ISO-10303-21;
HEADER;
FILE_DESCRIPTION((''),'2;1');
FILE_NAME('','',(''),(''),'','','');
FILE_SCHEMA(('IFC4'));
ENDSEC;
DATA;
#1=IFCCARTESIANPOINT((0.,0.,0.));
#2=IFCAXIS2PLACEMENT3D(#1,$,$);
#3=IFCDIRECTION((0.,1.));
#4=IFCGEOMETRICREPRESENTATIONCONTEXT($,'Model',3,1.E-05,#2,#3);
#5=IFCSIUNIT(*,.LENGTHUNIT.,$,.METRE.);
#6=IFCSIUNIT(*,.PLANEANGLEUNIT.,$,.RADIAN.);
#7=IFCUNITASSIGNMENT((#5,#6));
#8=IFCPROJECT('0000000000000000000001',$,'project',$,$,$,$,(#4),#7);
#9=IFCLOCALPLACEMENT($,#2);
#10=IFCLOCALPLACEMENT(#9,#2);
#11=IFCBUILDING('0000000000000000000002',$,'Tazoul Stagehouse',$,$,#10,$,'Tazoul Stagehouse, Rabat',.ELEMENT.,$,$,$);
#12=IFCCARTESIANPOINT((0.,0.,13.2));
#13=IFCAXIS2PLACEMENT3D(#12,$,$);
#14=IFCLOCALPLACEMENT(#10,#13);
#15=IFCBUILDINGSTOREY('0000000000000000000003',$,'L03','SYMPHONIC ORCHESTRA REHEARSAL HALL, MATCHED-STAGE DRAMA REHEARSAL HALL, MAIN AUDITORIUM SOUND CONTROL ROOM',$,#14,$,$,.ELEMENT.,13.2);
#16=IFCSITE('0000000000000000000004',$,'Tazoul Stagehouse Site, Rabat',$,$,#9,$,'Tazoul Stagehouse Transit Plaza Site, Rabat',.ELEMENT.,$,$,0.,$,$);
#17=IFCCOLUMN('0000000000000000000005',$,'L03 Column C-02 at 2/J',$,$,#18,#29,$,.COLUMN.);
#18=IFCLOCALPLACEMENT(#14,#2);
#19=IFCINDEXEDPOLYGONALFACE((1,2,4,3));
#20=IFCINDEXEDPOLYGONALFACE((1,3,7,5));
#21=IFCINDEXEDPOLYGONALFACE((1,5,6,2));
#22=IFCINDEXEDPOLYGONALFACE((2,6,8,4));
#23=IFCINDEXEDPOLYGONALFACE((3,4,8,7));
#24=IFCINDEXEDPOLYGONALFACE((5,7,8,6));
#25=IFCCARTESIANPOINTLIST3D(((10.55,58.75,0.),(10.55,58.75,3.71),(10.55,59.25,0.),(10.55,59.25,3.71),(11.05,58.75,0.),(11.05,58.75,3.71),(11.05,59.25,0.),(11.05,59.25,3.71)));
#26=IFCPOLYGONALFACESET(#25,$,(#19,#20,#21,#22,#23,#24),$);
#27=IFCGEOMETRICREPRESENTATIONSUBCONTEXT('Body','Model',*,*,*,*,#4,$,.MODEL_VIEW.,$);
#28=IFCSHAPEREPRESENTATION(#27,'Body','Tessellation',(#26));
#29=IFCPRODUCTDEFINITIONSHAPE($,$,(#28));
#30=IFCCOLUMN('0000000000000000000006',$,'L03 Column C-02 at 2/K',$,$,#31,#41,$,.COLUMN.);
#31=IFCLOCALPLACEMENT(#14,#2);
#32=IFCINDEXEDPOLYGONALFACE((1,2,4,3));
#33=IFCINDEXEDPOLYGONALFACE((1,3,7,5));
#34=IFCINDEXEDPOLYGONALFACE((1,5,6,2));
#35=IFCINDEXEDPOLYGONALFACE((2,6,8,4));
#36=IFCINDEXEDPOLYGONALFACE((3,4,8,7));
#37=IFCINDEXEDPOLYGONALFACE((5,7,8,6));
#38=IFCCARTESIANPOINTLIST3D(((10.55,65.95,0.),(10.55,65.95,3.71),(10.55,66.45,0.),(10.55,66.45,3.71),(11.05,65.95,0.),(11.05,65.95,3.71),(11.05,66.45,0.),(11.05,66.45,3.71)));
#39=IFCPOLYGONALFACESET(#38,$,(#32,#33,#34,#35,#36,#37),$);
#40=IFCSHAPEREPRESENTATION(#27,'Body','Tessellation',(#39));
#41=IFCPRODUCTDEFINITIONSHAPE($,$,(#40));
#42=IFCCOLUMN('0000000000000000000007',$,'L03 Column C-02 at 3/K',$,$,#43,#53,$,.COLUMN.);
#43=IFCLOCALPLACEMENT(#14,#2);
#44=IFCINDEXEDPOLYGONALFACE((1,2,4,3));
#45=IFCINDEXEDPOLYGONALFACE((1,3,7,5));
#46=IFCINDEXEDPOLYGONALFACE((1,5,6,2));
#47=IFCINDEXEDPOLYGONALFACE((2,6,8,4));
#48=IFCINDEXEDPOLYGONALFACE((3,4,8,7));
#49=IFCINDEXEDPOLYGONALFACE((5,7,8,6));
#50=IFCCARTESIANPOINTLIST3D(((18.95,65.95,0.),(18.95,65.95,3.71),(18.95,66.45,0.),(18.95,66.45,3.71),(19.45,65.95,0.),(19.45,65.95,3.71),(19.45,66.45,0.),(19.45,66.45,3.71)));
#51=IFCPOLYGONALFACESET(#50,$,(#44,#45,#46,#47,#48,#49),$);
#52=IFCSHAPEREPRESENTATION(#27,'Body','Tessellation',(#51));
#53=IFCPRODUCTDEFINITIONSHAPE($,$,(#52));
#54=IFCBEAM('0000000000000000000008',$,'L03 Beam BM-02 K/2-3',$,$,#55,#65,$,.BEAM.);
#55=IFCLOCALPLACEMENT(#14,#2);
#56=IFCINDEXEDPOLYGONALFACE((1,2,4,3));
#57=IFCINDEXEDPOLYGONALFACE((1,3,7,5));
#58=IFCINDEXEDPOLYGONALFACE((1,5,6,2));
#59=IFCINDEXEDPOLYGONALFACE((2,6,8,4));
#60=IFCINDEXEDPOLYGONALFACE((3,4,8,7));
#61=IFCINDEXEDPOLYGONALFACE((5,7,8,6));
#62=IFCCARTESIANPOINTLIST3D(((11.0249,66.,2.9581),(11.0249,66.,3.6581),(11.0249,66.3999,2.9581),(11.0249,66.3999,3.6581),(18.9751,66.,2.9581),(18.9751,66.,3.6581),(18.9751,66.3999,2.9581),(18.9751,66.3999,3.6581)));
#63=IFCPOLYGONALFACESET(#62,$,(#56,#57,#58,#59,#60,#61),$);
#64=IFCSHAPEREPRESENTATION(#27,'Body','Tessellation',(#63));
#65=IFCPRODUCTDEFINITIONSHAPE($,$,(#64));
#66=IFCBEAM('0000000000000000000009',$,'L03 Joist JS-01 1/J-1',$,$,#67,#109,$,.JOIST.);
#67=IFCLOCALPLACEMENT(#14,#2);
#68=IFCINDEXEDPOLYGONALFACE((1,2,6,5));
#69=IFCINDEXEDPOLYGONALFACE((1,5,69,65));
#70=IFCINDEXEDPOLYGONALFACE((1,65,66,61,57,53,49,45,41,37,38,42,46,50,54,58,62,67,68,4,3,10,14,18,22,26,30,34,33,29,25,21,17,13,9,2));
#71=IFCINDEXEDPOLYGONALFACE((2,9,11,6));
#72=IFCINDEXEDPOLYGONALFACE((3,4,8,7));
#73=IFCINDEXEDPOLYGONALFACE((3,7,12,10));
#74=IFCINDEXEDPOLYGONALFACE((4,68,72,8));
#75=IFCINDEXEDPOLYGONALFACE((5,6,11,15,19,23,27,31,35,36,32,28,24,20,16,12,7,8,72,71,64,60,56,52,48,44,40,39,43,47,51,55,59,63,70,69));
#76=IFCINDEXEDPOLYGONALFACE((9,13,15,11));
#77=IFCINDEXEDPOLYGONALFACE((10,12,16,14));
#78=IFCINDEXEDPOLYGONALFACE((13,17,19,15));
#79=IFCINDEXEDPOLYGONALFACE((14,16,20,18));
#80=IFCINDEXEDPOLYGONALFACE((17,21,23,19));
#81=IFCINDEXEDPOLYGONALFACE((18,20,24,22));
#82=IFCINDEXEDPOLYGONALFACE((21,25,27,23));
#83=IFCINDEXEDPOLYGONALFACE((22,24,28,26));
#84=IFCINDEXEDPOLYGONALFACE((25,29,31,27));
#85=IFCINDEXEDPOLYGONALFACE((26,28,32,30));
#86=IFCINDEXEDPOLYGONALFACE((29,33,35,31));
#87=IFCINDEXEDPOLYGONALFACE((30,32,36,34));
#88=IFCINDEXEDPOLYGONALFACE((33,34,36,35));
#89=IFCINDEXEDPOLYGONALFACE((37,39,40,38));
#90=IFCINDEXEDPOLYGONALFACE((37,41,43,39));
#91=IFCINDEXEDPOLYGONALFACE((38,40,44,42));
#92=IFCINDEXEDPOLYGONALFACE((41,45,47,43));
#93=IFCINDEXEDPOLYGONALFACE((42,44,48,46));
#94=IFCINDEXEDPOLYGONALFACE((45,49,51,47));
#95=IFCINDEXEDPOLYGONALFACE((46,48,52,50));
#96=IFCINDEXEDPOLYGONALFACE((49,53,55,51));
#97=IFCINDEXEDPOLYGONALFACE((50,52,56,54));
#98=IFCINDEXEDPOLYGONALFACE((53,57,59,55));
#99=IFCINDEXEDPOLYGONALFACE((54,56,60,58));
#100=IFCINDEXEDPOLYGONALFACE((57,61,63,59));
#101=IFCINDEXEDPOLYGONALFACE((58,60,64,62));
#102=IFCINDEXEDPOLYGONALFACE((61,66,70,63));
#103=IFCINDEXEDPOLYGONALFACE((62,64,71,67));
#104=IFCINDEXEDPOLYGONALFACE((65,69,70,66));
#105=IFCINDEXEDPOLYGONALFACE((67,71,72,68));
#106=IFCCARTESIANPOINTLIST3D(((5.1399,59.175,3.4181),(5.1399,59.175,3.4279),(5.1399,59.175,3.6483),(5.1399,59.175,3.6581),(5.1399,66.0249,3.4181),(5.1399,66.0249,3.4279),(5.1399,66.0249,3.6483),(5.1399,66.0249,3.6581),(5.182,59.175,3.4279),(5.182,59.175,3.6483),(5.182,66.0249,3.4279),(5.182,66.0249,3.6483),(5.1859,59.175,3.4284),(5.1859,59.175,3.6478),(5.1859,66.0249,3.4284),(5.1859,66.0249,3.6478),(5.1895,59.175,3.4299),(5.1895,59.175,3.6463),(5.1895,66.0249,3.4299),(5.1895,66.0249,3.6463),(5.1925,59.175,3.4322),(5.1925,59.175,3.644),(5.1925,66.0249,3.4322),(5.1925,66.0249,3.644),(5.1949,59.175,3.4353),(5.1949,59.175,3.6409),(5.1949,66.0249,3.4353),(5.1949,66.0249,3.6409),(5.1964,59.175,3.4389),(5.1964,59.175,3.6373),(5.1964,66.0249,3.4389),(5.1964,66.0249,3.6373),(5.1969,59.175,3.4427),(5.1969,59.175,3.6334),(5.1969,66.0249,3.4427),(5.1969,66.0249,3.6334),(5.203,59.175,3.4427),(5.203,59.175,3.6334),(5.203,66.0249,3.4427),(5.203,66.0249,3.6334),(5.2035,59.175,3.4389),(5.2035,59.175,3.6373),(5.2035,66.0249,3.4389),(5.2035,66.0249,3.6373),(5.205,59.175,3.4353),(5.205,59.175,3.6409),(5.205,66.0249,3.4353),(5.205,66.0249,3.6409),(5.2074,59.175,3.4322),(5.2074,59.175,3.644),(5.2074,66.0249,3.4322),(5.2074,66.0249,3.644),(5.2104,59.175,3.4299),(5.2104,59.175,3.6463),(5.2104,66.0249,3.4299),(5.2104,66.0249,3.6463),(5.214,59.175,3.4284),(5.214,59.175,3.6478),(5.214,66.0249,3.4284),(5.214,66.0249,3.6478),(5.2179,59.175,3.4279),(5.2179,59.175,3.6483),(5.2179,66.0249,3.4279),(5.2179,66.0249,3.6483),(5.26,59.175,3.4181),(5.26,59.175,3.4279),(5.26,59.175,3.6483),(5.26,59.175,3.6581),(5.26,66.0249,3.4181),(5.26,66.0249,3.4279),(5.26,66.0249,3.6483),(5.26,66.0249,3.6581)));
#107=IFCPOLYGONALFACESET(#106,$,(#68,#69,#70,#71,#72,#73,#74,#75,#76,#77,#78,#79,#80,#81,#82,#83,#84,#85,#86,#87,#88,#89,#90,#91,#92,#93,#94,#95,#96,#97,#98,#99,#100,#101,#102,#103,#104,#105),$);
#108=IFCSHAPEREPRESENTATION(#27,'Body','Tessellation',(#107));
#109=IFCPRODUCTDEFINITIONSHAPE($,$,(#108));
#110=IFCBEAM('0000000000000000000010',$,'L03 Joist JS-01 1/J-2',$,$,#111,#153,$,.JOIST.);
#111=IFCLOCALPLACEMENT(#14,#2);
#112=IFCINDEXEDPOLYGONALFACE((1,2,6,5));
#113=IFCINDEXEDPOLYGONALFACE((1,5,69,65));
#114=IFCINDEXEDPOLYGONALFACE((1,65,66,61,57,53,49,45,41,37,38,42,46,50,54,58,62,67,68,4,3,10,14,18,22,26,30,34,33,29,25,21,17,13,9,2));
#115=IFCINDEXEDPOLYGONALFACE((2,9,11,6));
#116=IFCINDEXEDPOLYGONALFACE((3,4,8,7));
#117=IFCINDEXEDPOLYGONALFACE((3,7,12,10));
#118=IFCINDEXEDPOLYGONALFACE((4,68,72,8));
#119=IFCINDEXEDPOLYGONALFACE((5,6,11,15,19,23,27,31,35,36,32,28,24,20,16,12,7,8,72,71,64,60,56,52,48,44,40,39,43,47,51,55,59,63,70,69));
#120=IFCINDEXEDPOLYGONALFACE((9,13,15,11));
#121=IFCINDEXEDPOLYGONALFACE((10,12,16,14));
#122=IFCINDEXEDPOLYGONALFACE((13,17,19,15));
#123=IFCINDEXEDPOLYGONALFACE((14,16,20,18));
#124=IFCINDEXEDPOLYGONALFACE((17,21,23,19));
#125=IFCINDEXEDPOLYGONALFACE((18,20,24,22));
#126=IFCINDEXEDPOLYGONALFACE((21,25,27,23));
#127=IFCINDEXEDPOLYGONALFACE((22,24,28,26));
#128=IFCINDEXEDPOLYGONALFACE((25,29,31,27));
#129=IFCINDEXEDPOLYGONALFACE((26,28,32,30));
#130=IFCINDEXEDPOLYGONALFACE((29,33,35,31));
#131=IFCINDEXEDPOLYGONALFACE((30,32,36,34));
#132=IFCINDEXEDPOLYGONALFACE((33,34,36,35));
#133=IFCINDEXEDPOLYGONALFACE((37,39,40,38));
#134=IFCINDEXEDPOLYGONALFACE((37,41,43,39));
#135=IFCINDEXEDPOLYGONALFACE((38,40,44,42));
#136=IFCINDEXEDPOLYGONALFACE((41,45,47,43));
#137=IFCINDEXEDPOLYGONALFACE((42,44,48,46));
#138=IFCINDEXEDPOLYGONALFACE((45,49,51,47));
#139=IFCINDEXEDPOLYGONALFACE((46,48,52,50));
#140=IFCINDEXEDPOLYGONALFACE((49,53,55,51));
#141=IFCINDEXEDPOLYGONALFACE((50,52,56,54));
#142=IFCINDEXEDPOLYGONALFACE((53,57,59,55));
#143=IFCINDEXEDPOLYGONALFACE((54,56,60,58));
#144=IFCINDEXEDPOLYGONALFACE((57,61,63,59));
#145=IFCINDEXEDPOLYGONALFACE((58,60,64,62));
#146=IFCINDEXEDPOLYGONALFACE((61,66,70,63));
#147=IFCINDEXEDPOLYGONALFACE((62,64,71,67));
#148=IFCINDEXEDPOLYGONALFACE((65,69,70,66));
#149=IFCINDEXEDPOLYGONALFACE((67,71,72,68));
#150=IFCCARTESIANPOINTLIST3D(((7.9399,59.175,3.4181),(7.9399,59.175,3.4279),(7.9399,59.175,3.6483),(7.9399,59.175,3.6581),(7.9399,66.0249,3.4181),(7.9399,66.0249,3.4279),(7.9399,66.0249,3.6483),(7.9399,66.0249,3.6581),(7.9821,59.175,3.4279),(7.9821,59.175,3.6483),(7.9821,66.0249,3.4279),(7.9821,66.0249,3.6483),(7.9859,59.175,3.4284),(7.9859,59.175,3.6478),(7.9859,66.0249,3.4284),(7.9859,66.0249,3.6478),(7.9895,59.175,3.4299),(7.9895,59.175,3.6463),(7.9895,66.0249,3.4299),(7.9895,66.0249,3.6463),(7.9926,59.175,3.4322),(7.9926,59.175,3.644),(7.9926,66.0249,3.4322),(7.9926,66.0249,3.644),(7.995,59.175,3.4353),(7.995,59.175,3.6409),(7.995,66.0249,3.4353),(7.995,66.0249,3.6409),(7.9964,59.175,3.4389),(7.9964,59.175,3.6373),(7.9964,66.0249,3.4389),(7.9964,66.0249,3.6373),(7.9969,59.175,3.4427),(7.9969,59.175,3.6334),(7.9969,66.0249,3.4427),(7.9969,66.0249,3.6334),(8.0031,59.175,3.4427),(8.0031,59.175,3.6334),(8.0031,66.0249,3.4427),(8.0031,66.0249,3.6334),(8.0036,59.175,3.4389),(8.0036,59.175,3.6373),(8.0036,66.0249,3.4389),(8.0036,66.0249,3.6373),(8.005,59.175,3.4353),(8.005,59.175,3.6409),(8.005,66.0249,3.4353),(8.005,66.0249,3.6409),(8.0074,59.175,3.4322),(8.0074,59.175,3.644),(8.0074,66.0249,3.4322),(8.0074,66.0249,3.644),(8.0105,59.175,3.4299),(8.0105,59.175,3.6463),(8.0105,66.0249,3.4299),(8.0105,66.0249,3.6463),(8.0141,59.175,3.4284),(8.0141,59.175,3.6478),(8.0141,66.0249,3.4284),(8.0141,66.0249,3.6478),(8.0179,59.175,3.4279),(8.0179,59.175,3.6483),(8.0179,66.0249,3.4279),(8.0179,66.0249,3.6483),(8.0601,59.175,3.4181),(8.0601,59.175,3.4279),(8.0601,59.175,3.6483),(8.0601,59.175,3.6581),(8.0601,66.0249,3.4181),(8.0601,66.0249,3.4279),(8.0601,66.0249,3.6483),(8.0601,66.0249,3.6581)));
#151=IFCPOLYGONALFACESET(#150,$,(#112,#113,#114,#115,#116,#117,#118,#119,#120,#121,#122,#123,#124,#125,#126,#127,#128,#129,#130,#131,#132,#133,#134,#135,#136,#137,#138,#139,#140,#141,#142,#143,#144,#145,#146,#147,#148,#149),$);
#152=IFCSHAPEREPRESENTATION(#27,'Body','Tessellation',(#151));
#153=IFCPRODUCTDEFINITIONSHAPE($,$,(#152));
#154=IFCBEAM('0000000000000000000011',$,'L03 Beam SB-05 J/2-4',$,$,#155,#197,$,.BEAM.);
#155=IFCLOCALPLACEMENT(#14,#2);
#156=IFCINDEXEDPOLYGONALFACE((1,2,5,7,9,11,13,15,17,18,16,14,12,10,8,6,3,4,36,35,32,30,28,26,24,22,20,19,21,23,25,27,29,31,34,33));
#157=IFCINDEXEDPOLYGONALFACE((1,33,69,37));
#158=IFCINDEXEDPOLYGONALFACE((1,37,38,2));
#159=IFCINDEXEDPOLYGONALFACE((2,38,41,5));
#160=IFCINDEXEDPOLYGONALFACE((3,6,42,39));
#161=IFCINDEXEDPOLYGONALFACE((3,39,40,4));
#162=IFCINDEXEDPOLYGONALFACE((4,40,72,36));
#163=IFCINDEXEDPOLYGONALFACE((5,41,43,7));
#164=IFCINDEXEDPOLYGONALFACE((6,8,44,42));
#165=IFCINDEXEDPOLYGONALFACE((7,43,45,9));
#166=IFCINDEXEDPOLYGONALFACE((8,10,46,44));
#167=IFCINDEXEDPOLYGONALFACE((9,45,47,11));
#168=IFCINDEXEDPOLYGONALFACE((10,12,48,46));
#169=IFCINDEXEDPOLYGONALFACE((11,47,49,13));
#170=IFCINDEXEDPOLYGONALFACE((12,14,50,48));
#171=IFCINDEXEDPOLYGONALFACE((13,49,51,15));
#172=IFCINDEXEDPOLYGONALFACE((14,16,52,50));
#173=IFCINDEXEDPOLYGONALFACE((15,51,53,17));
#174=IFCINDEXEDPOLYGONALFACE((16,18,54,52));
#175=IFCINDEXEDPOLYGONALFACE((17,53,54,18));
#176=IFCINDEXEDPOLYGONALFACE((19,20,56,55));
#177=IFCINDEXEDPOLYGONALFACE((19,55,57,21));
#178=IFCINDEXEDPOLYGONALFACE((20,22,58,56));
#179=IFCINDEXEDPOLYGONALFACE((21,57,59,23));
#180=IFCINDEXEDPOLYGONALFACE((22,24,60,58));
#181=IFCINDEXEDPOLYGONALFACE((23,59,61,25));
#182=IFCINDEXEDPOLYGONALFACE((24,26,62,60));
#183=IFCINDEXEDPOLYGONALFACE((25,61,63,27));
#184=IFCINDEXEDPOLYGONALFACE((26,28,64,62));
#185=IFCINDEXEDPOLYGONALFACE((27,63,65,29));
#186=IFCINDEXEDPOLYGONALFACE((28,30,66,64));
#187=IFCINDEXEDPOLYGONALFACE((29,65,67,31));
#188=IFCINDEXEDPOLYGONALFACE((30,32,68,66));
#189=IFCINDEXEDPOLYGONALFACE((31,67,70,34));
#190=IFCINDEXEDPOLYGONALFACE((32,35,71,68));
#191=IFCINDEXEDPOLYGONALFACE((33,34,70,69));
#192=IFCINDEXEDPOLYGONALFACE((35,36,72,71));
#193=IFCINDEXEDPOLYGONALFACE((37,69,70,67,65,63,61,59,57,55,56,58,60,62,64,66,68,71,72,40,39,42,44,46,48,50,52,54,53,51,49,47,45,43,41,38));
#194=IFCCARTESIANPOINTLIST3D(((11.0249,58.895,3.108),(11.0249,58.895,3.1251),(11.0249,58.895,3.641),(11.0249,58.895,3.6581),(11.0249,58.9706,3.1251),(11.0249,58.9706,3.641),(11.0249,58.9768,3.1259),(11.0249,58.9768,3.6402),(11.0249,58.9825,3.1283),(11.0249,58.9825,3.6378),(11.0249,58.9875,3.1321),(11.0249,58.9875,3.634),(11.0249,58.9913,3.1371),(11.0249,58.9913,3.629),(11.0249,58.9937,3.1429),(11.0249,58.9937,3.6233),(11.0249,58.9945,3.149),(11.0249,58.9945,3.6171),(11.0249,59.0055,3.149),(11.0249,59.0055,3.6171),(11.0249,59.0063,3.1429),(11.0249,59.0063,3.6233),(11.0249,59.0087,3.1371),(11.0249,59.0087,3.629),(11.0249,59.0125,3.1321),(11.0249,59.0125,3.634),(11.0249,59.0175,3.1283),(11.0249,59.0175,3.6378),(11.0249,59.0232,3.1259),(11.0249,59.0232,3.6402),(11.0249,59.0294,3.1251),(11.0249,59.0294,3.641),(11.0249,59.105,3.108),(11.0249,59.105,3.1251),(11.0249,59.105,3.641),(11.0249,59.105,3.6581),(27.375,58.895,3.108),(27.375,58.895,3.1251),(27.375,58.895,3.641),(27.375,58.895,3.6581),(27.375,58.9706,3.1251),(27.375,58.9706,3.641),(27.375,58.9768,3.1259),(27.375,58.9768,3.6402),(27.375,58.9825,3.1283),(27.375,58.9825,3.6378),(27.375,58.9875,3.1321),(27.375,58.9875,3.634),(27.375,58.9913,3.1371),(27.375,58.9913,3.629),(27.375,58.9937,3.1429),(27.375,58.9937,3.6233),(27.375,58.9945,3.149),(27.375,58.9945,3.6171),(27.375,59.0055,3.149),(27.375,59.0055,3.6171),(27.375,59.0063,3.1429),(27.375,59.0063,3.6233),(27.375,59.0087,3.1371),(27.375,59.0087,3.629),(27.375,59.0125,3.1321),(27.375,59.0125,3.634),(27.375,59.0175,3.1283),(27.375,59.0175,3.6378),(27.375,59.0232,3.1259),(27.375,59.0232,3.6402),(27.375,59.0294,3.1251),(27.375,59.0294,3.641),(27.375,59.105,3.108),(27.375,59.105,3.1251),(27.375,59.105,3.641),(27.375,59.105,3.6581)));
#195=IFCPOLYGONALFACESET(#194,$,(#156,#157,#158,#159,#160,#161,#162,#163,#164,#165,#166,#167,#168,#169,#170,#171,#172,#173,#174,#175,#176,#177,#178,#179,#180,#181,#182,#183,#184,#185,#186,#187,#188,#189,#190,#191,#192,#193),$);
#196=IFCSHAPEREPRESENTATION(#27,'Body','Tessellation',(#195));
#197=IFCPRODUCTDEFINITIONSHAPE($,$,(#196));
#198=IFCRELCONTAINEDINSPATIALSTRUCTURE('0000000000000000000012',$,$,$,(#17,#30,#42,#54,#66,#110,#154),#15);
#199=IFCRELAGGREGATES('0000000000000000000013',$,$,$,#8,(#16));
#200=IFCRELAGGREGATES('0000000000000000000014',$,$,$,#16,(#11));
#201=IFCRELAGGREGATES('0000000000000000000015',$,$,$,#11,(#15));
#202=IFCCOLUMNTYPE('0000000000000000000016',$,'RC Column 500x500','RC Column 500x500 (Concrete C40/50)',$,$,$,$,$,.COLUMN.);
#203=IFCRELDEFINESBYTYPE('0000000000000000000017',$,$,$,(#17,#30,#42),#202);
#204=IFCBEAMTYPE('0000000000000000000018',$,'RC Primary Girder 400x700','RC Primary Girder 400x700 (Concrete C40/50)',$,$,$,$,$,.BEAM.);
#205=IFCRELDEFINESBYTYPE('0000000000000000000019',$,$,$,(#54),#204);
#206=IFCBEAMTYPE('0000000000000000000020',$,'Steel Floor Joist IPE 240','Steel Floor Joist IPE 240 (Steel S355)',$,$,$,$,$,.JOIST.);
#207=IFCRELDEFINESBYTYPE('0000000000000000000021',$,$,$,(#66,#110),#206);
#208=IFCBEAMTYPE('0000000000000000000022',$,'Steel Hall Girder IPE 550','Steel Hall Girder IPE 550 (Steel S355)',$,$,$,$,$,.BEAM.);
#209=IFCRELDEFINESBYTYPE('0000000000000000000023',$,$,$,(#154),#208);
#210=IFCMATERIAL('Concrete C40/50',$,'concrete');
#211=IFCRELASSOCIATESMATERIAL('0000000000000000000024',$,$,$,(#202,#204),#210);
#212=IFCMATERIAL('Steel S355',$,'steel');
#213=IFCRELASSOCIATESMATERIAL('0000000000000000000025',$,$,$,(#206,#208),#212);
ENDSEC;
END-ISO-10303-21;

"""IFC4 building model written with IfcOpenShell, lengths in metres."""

from ifc_helpers import new_model, si_unit, direction, frame, origin, origin_2d, place, context, subcontext, project, spatial, rectangle, i_section, extrude, material, material_profile, profile_set, type_object, element, save


model = new_model("IFC4")

# Units and contexts
model_context = context("Model", 3, precision=1e-05, world=origin(), true_north=direction((0.0, 1.0)))
body_context = subcontext(model_context, "Body", "Model", "MODEL_VIEW")
ifc_project = project(units=[si_unit("LENGTHUNIT", "METRE"), si_unit("PLANEANGLEUNIT", "RADIAN")], contexts=[model_context])

# Site, building, storey
site_placement = place(None, origin())
site = spatial("IfcSite", under=ifc_project, at=site_placement, Name="Tazoul Stagehouse Site, Rabat", LongName="Tazoul Stagehouse Transit Plaza Site, Rabat", CompositionType="ELEMENT", RefElevation=0.0)
building_placement = place(site_placement, origin())
building = spatial("IfcBuilding", under=site, at=building_placement, Name="Tazoul Stagehouse", LongName="Tazoul Stagehouse, Rabat", CompositionType="ELEMENT")
storey_placement = place(building_placement, frame((0.0, 0.0, 13.2)))
storey = spatial("IfcBuildingStorey", under=building, at=storey_placement, Name="L03", Description="SYMPHONIC ORCHESTRA REHEARSAL HALL, MATCHED-STAGE DRAMA REHEARSAL HALL, MAIN AUDITORIUM SOUND CONTROL ROOM", CompositionType="ELEMENT", Elevation=13.2)

# Columns
ifc_material_1 = material(Name="Concrete C40/50", Category="concrete")
ifc_material_profile_1 = material_profile(ifc_material_1, rectangle(XDim=0.5, YDim=0.5, at=origin_2d()), Name="RC 500x500")
ifc_profile_set_1 = profile_set([ifc_material_profile_1], Name="Concrete C40/50")
column_type = type_object("IfcColumnType", Name="RC Column 500x500", Description="RC Column 500x500 (Concrete C40/50)", PredefinedType="COLUMN", material=ifc_profile_set_1)
for number, where, z_axis, x_axis, name in (
    (1, (10.8, 59.0, 0.0), (0.0, 0.0, 1.0), (1.0, 0.0, 0.0), "L03 Column C-02 at 2/J"),
    (2, (10.8, 66.2, 0.0), (0.0, 0.0, 1.0), (1.0, 0.0, 0.0), "L03 Column C-02 at 2/K"),
    (3, (19.2, 66.2, 0.0), (0.0, 0.0, 1.0), (1.0, 0.0, 0.0), "L03 Column C-02 at 3/K"),
):
    element("IfcColumn", number, at=place(storey_placement, frame(where, z_axis=z_axis, x_axis=x_axis)), inside=storey, type_object=column_type, Name=name, PredefinedType="COLUMN", context=body_context, shape_type="SweptSolid", body=[
        extrude(rectangle(XDim=0.5, YDim=0.5, at=origin_2d()), origin(), (0.0, 0.0, 1.0), 3.71),
    ])

# Beams
ifc_material_profile_2 = material_profile(ifc_material_1, rectangle(XDim=0.3999, YDim=0.7, at=origin_2d()), Name="RC 400x700")
ifc_profile_set_2 = profile_set([ifc_material_profile_2], Name="Concrete C40/50")
beam_type_1 = type_object("IfcBeamType", Name="RC Primary Girder 400x700", Description="RC Primary Girder 400x700 (Concrete C40/50)", PredefinedType="BEAM", material=ifc_profile_set_2)
beam_1_placement = place(storey_placement, frame((11.0249, 66.2, 3.3081), z_axis=(1.0, 0.0, 0.0), x_axis=(0.0, 1.0, 0.0)))
element("IfcBeam", 4, at=beam_1_placement, inside=storey, type_object=beam_type_1, Name="L03 Beam BM-02 K/2-3", PredefinedType="BEAM", context=body_context, shape_type="SweptSolid", body=[
    extrude(rectangle(XDim=0.3999, YDim=0.7, at=origin_2d()), origin(), (0.0, 0.0, 1.0), 7.9502),
])
ifc_material_2 = material(Name="Steel S355", Category="steel")
ifc_material_profile_3 = material_profile(ifc_material_2, i_section(OverallWidth=0.1201, OverallDepth=0.24, WebThickness=0.0061, FlangeThickness=0.0098, FilletRadius=0.0149, at=origin_2d()), Name="IPE 240")
ifc_profile_set_3 = profile_set([ifc_material_profile_3], Name="Steel S355")
beam_type_2 = type_object("IfcBeamType", Name="Steel Floor Joist IPE 240", Description="Steel Floor Joist IPE 240 (Steel S355)", PredefinedType="JOIST", material=ifc_profile_set_3)
for number, where, z_axis, x_axis, name in (
    (5, (5.2, 59.175, 3.5381), (0.0, 1.0, 0.0), (-1.0, 0.0, 0.0), "L03 Joist JS-01 1/J-1"),
    (6, (8.0, 59.175, 3.5381), (0.0, 1.0, 0.0), (-1.0, 0.0, 0.0), "L03 Joist JS-01 1/J-2"),
):
    element("IfcBeam", number, at=place(storey_placement, frame(where, z_axis=z_axis, x_axis=x_axis)), inside=storey, type_object=beam_type_2, Name=name, PredefinedType="JOIST", context=body_context, shape_type="SweptSolid", body=[
        extrude(i_section(OverallWidth=0.1201, OverallDepth=0.24, WebThickness=0.0061, FlangeThickness=0.0098, FilletRadius=0.0149, at=origin_2d()), origin(), (0.0, 0.0, 1.0), 6.8499),
    ])
ifc_material_profile_4 = material_profile(ifc_material_2, i_section(OverallWidth=0.21, OverallDepth=0.55, WebThickness=0.011, FlangeThickness=0.0171, FilletRadius=0.0239, at=origin_2d()), Name="IPE 550")
ifc_profile_set_4 = profile_set([ifc_material_profile_4], Name="Steel S355")
beam_type_3 = type_object("IfcBeamType", Name="Steel Hall Girder IPE 550", Description="Steel Hall Girder IPE 550 (Steel S355)", PredefinedType="BEAM", material=ifc_profile_set_4)
beam_2_placement = place(storey_placement, frame((11.0249, 59.0, 3.3831), z_axis=(1.0, 0.0, 0.0), x_axis=(0.0, 1.0, 0.0)))
element("IfcBeam", 7, at=beam_2_placement, inside=storey, type_object=beam_type_3, Name="L03 Beam SB-05 J/2-4", PredefinedType="BEAM", context=body_context, shape_type="SweptSolid", body=[
    extrude(i_section(OverallWidth=0.21, OverallDepth=0.55, WebThickness=0.011, FlangeThickness=0.0171, FilletRadius=0.0239, at=origin_2d()), origin(), (0.0, 0.0, 1.0), 16.3501),
])

save(model, "model.ifc")
